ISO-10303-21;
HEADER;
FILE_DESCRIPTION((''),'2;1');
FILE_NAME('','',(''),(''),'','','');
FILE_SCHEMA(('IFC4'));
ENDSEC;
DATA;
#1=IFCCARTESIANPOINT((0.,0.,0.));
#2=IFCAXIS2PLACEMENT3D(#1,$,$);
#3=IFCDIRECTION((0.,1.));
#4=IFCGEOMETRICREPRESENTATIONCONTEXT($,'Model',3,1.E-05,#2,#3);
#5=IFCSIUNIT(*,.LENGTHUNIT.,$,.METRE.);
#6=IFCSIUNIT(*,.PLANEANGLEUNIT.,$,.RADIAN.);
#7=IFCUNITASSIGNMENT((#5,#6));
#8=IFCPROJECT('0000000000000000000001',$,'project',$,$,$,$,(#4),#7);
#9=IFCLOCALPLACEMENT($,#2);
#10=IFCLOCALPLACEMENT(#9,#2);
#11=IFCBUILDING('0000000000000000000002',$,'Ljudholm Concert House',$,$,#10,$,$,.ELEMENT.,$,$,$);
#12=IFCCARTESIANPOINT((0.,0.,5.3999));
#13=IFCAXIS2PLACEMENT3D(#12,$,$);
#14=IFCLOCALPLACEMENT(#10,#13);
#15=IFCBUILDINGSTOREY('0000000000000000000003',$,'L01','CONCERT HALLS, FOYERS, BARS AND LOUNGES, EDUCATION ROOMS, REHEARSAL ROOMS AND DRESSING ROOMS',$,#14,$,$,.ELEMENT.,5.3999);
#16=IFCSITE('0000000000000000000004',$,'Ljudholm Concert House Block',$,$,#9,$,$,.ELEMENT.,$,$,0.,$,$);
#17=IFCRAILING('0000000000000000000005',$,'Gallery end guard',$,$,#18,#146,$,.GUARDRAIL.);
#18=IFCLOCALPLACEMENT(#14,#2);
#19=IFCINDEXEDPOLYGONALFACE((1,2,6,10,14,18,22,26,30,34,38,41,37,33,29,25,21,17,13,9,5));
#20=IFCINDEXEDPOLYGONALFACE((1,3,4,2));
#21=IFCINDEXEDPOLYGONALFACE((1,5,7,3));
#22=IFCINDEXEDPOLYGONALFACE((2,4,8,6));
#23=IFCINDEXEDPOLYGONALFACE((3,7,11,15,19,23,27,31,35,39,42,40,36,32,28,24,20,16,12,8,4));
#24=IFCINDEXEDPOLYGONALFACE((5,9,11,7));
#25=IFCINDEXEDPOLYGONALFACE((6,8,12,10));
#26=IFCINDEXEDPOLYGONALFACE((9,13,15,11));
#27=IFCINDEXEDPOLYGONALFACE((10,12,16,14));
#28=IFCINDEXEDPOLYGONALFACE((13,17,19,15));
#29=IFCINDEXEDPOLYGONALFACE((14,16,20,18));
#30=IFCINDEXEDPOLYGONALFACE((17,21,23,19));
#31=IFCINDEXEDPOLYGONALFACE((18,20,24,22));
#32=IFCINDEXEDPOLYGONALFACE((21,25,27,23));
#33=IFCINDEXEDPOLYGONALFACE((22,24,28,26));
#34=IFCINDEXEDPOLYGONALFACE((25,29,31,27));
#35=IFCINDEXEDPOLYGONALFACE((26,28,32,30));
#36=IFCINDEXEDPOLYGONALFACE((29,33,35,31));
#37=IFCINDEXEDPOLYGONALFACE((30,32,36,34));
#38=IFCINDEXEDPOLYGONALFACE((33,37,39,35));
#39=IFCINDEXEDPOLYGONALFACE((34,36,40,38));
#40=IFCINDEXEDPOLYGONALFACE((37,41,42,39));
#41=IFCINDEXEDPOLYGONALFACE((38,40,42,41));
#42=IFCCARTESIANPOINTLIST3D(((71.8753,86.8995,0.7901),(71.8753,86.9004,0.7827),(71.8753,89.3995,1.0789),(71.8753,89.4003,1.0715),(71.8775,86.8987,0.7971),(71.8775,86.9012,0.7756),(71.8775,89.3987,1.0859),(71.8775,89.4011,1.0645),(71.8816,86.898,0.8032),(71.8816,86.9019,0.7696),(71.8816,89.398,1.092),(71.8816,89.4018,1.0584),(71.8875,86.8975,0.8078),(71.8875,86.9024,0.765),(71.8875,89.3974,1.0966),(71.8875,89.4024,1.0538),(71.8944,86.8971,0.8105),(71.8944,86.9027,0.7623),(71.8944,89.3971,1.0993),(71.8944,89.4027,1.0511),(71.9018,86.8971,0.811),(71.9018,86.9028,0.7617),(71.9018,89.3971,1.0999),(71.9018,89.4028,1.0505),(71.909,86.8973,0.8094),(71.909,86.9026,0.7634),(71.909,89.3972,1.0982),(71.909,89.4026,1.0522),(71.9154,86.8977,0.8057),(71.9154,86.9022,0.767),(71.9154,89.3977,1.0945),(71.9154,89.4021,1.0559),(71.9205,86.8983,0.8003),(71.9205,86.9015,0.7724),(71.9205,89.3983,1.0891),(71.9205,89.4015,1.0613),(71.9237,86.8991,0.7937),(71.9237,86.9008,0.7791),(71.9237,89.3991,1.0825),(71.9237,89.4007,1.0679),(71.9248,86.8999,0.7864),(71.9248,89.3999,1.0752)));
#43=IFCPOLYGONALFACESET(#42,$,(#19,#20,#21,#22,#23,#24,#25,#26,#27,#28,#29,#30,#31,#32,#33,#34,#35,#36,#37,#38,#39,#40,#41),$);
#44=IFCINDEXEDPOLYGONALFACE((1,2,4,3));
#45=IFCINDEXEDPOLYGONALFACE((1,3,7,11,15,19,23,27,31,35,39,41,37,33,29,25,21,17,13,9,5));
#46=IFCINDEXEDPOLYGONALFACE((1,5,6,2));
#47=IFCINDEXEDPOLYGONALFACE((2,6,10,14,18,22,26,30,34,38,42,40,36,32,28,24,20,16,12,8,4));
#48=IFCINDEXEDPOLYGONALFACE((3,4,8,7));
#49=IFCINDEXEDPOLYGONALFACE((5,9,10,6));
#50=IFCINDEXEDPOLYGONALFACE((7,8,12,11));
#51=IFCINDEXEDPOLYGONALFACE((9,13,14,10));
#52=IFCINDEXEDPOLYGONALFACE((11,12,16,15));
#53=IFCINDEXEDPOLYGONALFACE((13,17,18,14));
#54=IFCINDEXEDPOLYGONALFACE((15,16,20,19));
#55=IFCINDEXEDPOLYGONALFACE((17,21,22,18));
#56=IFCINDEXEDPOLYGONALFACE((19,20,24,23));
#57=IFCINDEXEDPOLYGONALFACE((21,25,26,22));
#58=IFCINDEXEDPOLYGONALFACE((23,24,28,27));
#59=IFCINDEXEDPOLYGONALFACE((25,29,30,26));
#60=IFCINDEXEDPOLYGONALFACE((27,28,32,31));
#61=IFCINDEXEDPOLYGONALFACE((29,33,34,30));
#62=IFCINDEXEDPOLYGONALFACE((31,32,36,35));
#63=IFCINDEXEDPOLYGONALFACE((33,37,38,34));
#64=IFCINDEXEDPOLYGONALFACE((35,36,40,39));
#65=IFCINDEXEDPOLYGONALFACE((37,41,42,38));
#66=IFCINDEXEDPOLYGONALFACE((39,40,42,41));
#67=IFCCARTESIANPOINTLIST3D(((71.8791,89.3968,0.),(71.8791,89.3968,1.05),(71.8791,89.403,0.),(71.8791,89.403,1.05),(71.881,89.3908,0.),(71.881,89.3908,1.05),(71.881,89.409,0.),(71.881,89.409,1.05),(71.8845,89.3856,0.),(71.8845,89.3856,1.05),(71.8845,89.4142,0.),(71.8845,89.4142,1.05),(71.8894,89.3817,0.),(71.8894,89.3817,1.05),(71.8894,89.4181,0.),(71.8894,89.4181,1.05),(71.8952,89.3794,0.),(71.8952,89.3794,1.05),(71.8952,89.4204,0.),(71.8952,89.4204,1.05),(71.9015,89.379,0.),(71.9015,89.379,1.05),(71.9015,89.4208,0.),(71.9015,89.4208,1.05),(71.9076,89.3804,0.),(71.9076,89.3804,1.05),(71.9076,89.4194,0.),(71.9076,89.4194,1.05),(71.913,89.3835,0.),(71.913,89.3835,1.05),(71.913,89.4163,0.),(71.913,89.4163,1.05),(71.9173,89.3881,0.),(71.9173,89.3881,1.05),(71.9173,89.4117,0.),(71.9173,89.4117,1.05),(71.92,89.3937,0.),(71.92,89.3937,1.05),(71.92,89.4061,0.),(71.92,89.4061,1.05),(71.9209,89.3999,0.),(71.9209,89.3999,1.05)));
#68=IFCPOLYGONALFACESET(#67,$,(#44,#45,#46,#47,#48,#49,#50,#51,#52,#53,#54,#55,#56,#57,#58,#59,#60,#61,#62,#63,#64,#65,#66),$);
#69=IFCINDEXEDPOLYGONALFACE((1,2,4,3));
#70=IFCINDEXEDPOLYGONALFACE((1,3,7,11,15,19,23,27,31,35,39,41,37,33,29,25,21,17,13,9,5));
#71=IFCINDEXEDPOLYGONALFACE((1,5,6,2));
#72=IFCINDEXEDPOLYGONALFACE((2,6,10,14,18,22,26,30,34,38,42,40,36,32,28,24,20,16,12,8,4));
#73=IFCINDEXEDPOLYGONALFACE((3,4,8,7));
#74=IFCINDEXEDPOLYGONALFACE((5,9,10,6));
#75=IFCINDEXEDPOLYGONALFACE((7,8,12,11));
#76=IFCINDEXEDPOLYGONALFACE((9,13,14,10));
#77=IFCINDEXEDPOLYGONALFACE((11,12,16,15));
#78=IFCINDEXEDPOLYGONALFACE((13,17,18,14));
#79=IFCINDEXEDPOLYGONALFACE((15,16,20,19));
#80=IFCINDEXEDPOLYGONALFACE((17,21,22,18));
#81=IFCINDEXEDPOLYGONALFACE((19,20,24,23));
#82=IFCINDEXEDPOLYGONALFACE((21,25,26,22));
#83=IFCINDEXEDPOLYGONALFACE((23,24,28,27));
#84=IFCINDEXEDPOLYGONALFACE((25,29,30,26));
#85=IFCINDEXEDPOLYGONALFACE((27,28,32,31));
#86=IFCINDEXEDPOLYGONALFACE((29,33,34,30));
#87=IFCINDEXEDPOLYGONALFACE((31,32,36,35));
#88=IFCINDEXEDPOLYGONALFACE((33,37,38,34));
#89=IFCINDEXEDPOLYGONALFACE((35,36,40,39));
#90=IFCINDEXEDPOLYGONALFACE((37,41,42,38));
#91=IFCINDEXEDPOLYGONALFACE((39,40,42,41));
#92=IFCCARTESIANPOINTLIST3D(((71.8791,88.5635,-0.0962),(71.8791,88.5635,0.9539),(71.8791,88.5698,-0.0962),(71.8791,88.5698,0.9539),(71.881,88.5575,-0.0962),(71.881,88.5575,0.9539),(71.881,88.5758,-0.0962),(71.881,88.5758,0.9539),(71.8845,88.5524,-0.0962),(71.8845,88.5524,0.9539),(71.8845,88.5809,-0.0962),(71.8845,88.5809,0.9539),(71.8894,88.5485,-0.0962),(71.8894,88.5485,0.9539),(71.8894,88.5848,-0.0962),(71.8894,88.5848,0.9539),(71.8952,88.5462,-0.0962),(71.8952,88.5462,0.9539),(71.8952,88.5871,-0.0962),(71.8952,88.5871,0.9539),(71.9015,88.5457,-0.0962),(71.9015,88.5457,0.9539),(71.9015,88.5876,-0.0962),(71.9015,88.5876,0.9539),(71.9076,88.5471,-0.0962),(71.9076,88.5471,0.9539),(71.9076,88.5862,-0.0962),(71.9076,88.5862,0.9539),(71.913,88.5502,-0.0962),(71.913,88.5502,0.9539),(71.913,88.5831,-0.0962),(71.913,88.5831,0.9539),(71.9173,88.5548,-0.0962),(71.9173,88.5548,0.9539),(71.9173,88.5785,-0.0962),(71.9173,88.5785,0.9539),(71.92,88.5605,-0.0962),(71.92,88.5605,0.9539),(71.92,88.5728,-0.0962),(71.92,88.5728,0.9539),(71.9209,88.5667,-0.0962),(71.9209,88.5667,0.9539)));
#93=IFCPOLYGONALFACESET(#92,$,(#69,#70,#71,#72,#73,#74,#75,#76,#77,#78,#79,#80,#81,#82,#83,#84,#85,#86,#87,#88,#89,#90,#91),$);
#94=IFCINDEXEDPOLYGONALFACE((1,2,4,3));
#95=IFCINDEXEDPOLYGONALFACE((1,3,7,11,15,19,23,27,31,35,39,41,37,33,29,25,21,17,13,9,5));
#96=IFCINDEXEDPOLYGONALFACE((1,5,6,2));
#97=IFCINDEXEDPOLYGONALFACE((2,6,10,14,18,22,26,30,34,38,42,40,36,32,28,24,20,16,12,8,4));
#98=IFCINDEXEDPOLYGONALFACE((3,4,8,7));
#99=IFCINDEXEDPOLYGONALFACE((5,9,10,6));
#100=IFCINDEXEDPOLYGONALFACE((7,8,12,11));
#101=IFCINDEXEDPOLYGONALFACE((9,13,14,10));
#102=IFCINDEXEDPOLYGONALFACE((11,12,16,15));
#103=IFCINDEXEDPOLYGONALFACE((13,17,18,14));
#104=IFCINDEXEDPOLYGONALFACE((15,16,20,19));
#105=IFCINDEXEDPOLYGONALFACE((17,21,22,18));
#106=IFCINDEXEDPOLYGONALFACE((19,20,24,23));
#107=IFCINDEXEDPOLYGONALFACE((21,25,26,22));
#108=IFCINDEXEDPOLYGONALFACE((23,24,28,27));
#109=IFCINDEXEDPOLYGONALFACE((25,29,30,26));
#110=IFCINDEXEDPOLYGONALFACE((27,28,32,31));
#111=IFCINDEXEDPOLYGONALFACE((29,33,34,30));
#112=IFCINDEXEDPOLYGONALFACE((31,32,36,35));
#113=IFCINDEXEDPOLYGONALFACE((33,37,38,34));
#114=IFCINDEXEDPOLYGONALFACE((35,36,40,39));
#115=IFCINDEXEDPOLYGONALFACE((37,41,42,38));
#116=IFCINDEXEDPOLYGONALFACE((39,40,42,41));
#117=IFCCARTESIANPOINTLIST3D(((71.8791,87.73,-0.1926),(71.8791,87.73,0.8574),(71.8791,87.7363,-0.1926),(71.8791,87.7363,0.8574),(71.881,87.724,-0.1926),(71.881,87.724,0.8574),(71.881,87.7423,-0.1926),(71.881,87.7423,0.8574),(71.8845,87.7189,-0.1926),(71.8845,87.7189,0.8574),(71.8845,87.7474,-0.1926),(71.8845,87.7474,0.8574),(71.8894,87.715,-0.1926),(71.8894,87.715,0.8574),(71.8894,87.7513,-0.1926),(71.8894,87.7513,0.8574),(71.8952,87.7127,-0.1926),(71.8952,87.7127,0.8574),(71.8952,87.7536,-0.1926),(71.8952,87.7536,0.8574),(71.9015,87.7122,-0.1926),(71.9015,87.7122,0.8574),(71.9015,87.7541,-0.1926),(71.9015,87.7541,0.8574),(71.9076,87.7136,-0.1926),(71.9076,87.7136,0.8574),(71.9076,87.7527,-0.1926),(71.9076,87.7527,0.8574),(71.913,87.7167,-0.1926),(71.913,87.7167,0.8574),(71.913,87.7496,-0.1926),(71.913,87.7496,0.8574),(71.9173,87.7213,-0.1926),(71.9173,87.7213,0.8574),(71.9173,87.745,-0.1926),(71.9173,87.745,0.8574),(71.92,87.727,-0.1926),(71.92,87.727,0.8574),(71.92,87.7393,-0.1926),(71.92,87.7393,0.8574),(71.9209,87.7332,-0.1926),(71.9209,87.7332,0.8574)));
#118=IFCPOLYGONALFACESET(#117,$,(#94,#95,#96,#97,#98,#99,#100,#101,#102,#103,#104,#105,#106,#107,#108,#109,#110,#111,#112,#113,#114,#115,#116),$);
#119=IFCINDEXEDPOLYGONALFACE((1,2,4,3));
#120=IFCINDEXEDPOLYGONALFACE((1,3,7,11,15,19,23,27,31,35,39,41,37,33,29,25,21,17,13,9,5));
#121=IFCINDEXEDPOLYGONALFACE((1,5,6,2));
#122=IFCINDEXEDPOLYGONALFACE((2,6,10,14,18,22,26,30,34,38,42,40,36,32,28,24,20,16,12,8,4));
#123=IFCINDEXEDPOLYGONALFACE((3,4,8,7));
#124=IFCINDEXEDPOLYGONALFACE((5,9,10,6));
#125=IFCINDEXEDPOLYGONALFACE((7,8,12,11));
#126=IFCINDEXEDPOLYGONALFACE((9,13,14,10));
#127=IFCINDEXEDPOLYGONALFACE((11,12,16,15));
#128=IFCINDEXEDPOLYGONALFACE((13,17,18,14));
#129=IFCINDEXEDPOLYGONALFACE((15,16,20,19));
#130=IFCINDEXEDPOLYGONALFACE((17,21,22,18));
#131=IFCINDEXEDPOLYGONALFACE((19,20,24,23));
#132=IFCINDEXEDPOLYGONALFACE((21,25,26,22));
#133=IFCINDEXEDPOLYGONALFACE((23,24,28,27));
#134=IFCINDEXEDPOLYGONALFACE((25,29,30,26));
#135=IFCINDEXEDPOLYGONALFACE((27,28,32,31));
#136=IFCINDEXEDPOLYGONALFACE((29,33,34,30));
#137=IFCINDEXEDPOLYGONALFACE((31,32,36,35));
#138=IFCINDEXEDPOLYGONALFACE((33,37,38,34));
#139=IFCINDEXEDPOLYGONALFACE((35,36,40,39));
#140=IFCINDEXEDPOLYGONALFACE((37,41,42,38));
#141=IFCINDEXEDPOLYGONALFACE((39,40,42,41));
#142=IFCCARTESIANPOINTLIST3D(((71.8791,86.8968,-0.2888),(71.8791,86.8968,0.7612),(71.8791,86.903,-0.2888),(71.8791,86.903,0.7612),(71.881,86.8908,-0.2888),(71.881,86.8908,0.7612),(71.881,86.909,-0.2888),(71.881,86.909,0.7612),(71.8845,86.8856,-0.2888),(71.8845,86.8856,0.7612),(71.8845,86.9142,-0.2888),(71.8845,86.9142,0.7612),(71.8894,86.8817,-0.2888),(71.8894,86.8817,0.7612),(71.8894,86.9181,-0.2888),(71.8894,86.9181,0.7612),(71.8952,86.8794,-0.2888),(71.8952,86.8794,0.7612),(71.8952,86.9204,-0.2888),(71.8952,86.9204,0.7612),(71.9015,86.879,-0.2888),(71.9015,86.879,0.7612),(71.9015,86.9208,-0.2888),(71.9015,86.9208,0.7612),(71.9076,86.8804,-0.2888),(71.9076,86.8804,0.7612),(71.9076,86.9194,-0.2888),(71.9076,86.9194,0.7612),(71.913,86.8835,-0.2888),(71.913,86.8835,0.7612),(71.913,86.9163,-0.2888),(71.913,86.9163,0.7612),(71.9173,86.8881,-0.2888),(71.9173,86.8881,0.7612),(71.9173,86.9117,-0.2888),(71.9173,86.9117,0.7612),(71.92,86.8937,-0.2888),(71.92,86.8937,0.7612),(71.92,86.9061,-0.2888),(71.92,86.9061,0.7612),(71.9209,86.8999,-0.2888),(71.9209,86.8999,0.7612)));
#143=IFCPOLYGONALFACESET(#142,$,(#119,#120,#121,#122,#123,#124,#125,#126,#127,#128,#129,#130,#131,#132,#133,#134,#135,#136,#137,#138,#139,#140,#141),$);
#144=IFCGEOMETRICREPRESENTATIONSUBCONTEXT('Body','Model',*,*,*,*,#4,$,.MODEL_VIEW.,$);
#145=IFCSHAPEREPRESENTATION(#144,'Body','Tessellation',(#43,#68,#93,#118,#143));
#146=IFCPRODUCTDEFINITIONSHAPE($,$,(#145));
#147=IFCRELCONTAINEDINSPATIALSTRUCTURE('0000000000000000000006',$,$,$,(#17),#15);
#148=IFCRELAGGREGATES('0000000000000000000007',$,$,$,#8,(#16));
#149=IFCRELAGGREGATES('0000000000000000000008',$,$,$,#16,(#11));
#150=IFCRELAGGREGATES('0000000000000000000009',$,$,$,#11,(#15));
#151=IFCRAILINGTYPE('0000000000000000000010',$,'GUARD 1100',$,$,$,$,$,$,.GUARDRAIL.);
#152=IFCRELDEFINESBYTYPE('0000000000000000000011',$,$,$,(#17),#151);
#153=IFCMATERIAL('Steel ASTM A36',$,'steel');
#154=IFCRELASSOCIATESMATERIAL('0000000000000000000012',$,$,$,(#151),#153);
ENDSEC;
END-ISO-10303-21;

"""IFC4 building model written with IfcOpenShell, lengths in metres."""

from ifc_helpers import new_model, si_unit, direction, frame, origin, origin_2d, place, context, subcontext, project, spatial, circle, extrude, material, type_object, element, save


model = new_model("IFC4")

# Units and contexts
model_context = context("Model", 3, precision=1e-05, world=origin(), true_north=direction((0.0, 1.0)))
body_context = subcontext(model_context, "Body", "Model", "MODEL_VIEW")
ifc_project = project(units=[si_unit("LENGTHUNIT", "METRE"), si_unit("PLANEANGLEUNIT", "RADIAN")], contexts=[model_context])

# Site, building, storey
site_placement = place(None, origin())
site = spatial("IfcSite", under=ifc_project, at=site_placement, Name="Ljudholm Concert House Block", CompositionType="ELEMENT", RefElevation=0.0)
building_placement = place(site_placement, origin())
building = spatial("IfcBuilding", under=site, at=building_placement, Name="Ljudholm Concert House", CompositionType="ELEMENT")
storey_placement = place(building_placement, frame((0.0, 0.0, 5.3999)))
storey = spatial("IfcBuildingStorey", under=building, at=storey_placement, Name="L01", Description="CONCERT HALLS, FOYERS, BARS AND LOUNGES, EDUCATION ROOMS, REHEARSAL ROOMS AND DRESSING ROOMS", CompositionType="ELEMENT", Elevation=5.3999)

# Railing
ifc_material_1 = material(Name="Steel ASTM A36", Category="steel")
railing_type = type_object("IfcRailingType", Name="GUARD 1100", PredefinedType="GUARDRAIL", material=ifc_material_1)
railing_1_placement = place(storey_placement, frame((71.8999, 89.3999, 0.0)))
element("IfcRailing", 1, at=railing_1_placement, inside=storey, type_object=railing_type, Name="Gallery end guard", PredefinedType="GUARDRAIL", context=body_context, shape_type="SweptSolid", body=[
    extrude(circle(Radius=0.0249, at=origin_2d()), frame((0.0, 0.0, 1.0752), z_axis=(0.0, -0.993393, -0.114764), x_axis=(1.0, 0.0, 0.0)), (0.0, 0.0, 1.0), 2.5166),
    extrude(circle(Radius=0.021, at=origin_2d()), origin(), (0.0, 0.0, 1.0), 1.05),
    extrude(circle(Radius=0.021, at=origin_2d()), frame((0.0, -0.8333, -0.0962)), (0.0, 0.0, 1.0), 1.05),
    extrude(circle(Radius=0.021, at=origin_2d()), frame((0.0, -1.6667, -0.1926)), (0.0, 0.0, 1.0), 1.05),
    extrude(circle(Radius=0.021, at=origin_2d()), frame((0.0, -2.5, -0.2888)), (0.0, 0.0, 1.0), 1.05),
])

save(model, "model.ifc")
